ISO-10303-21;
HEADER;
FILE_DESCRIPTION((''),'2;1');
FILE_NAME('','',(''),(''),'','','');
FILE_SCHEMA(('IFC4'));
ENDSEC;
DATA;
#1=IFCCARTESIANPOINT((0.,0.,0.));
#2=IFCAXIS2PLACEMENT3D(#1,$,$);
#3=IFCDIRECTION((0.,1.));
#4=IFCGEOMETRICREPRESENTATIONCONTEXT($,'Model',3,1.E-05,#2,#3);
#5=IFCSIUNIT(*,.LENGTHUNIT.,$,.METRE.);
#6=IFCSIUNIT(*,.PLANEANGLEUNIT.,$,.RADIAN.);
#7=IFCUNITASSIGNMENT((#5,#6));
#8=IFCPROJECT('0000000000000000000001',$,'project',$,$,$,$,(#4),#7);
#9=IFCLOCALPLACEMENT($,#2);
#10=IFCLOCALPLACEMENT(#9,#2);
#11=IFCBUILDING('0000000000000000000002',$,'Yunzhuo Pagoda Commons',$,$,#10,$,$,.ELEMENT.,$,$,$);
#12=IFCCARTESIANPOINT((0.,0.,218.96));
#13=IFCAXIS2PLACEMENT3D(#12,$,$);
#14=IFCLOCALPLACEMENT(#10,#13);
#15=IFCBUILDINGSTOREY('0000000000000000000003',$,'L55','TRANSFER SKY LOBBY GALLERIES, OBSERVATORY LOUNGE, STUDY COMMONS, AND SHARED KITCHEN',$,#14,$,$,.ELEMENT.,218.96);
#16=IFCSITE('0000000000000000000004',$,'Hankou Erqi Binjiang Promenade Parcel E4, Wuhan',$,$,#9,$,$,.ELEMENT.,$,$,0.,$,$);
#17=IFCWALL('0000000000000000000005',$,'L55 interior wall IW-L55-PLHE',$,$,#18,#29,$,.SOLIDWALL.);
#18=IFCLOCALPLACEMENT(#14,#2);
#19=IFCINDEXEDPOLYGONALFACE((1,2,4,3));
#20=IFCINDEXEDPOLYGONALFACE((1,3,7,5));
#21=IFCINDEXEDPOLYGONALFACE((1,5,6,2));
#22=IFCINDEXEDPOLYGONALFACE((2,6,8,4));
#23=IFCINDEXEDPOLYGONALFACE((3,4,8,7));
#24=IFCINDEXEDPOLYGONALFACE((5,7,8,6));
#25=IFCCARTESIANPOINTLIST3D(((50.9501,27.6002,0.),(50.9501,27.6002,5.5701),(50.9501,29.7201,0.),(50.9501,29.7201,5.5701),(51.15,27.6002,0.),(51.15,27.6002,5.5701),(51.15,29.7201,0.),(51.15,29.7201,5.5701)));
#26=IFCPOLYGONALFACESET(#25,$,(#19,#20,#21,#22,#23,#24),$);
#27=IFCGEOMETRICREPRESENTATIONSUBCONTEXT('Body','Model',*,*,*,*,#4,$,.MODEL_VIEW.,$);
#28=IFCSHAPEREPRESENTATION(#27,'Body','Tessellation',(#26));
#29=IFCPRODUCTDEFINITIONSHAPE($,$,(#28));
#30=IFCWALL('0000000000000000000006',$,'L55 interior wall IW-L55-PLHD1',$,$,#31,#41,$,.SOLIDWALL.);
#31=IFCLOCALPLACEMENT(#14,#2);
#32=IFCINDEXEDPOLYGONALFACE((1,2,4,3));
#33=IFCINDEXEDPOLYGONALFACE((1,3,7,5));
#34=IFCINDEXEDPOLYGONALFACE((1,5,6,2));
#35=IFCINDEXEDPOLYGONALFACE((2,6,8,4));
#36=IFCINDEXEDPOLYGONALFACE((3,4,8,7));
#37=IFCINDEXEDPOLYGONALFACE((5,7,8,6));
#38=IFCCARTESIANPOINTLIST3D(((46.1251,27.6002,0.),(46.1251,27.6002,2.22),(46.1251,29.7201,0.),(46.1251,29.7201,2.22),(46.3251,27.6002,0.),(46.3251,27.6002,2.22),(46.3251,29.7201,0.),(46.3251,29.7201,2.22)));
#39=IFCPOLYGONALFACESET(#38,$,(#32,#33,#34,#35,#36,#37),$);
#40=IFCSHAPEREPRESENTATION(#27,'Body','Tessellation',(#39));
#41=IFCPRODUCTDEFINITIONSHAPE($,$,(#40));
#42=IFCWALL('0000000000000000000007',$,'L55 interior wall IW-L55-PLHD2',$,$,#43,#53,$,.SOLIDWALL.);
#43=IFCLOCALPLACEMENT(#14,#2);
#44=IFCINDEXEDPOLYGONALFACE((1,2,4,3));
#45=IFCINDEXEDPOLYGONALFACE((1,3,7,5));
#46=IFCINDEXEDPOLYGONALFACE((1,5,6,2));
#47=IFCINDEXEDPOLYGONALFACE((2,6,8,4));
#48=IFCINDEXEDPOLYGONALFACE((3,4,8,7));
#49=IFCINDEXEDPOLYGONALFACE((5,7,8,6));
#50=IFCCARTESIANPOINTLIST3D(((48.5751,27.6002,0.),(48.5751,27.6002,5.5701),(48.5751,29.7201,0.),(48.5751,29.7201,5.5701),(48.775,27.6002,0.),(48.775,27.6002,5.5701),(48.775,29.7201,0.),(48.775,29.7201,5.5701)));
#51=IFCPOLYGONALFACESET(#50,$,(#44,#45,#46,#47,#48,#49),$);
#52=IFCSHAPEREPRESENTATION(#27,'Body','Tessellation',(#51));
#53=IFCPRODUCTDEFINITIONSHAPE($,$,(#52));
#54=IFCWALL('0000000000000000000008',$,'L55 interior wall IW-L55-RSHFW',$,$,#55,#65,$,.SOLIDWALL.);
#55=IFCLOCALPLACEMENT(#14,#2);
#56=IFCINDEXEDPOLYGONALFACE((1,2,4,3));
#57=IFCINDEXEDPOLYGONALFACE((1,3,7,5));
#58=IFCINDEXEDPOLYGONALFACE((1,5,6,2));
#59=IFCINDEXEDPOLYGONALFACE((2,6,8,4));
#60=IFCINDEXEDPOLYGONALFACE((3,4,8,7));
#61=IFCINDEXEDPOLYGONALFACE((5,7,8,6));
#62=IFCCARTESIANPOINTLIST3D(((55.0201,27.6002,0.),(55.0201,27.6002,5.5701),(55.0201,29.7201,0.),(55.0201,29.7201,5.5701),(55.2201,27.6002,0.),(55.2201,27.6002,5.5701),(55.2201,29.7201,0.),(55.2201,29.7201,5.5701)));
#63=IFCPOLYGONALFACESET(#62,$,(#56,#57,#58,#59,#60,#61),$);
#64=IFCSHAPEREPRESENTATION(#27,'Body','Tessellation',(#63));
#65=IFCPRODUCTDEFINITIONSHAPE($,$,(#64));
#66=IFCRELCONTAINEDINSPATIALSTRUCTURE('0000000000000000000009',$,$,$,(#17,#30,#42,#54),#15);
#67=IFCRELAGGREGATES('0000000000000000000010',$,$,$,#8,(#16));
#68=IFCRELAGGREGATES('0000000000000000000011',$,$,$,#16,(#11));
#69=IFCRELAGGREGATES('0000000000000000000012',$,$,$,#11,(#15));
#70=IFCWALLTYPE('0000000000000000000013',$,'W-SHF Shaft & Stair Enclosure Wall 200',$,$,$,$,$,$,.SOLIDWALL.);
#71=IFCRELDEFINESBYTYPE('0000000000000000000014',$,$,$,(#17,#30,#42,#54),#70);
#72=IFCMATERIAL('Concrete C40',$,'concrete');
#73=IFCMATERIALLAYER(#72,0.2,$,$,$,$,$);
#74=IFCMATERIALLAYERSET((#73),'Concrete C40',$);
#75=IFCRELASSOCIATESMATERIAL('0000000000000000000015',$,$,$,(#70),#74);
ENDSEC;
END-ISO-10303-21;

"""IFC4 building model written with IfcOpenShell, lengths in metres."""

from ifc_helpers import new_model, si_unit, direction, frame, frame_2d, origin, place, context, subcontext, project, spatial, rectangle, extrude, material, layer, layer_set, type_object, element, save


model = new_model("IFC4")

# Units and contexts
model_context = context("Model", 3, precision=1e-05, world=origin(), true_north=direction((0.0, 1.0)))
body_context = subcontext(model_context, "Body", "Model", "MODEL_VIEW")
ifc_project = project(units=[si_unit("LENGTHUNIT", "METRE"), si_unit("PLANEANGLEUNIT", "RADIAN")], contexts=[model_context])

# Site, building, storey
site_placement = place(None, origin())
site = spatial("IfcSite", under=ifc_project, at=site_placement, Name="Hankou Erqi Binjiang Promenade Parcel E4, Wuhan", CompositionType="ELEMENT", RefElevation=0.0)
building_placement = place(site_placement, origin())
building = spatial("IfcBuilding", under=site, at=building_placement, Name="Yunzhuo Pagoda Commons", CompositionType="ELEMENT")
storey_placement = place(building_placement, frame((0.0, 0.0, 218.96)))
storey = spatial("IfcBuildingStorey", under=building, at=storey_placement, Name="L55", Description="TRANSFER SKY LOBBY GALLERIES, OBSERVATORY LOUNGE, STUDY COMMONS, AND SHARED KITCHEN", CompositionType="ELEMENT", Elevation=218.96)

# Shared definitions
ifc_material_1 = material(Name="Concrete C40", Category="concrete")
ifc_layer_1 = layer(ifc_material_1, 0.2)
ifc_layer_set_1 = layer_set([ifc_layer_1], Name="Concrete C40")
wall_type_1 = type_object("IfcWallType", Name="W-SHF Shaft & Stair Enclosure Wall 200", PredefinedType="SOLIDWALL", material=ifc_layer_set_1)

# Walls
wall_1_placement = place(storey_placement, frame((51.05, 27.6001, 0.0), z_axis=(0.0, 0.0, 1.0), x_axis=(0.0, 1.0, 0.0)))
element("IfcWall", 1, at=wall_1_placement, inside=storey, type_object=wall_type_1, Name="L55 interior wall IW-L55-PLHE", PredefinedType="SOLIDWALL", context=body_context, shape_type="SweptSolid", body=[
    extrude(rectangle(XDim=2.1199, YDim=0.2, at=frame_2d((1.0601, 0.0))), origin(), (0.0, 0.0, 1.0), 5.5701),
])
wall_2_placement = place(storey_placement, frame((46.2251, 27.6001, 0.0), z_axis=(0.0, 0.0, 1.0), x_axis=(0.0, 1.0, 0.0)))
element("IfcWall", 2, at=wall_2_placement, inside=storey, type_object=wall_type_1, Name="L55 interior wall IW-L55-PLHD1", PredefinedType="SOLIDWALL", context=body_context, shape_type="SweptSolid", body=[
    extrude(rectangle(XDim=2.1199, YDim=0.2, at=frame_2d((1.0601, 0.0))), origin(), (0.0, 0.0, 1.0), 2.22),
])
for number, where, z_axis, x_axis, name in (
    (3, (48.675, 27.6001, 0.0), (0.0, 0.0, 1.0), (0.0, 1.0, 0.0), "L55 interior wall IW-L55-PLHD2"),
    (4, (55.1201, 27.6001, 0.0), (0.0, 0.0, 1.0), (0.0, 1.0, 0.0), "L55 interior wall IW-L55-RSHFW"),
):
    element("IfcWall", number, at=place(storey_placement, frame(where, z_axis=z_axis, x_axis=x_axis)), inside=storey, type_object=wall_type_1, Name=name, PredefinedType="SOLIDWALL", context=body_context, shape_type="SweptSolid", body=[
        extrude(rectangle(XDim=2.1199, YDim=0.2, at=frame_2d((1.0601, 0.0))), origin(), (0.0, 0.0, 1.0), 5.5701),
    ])

save(model, "model.ifc")
